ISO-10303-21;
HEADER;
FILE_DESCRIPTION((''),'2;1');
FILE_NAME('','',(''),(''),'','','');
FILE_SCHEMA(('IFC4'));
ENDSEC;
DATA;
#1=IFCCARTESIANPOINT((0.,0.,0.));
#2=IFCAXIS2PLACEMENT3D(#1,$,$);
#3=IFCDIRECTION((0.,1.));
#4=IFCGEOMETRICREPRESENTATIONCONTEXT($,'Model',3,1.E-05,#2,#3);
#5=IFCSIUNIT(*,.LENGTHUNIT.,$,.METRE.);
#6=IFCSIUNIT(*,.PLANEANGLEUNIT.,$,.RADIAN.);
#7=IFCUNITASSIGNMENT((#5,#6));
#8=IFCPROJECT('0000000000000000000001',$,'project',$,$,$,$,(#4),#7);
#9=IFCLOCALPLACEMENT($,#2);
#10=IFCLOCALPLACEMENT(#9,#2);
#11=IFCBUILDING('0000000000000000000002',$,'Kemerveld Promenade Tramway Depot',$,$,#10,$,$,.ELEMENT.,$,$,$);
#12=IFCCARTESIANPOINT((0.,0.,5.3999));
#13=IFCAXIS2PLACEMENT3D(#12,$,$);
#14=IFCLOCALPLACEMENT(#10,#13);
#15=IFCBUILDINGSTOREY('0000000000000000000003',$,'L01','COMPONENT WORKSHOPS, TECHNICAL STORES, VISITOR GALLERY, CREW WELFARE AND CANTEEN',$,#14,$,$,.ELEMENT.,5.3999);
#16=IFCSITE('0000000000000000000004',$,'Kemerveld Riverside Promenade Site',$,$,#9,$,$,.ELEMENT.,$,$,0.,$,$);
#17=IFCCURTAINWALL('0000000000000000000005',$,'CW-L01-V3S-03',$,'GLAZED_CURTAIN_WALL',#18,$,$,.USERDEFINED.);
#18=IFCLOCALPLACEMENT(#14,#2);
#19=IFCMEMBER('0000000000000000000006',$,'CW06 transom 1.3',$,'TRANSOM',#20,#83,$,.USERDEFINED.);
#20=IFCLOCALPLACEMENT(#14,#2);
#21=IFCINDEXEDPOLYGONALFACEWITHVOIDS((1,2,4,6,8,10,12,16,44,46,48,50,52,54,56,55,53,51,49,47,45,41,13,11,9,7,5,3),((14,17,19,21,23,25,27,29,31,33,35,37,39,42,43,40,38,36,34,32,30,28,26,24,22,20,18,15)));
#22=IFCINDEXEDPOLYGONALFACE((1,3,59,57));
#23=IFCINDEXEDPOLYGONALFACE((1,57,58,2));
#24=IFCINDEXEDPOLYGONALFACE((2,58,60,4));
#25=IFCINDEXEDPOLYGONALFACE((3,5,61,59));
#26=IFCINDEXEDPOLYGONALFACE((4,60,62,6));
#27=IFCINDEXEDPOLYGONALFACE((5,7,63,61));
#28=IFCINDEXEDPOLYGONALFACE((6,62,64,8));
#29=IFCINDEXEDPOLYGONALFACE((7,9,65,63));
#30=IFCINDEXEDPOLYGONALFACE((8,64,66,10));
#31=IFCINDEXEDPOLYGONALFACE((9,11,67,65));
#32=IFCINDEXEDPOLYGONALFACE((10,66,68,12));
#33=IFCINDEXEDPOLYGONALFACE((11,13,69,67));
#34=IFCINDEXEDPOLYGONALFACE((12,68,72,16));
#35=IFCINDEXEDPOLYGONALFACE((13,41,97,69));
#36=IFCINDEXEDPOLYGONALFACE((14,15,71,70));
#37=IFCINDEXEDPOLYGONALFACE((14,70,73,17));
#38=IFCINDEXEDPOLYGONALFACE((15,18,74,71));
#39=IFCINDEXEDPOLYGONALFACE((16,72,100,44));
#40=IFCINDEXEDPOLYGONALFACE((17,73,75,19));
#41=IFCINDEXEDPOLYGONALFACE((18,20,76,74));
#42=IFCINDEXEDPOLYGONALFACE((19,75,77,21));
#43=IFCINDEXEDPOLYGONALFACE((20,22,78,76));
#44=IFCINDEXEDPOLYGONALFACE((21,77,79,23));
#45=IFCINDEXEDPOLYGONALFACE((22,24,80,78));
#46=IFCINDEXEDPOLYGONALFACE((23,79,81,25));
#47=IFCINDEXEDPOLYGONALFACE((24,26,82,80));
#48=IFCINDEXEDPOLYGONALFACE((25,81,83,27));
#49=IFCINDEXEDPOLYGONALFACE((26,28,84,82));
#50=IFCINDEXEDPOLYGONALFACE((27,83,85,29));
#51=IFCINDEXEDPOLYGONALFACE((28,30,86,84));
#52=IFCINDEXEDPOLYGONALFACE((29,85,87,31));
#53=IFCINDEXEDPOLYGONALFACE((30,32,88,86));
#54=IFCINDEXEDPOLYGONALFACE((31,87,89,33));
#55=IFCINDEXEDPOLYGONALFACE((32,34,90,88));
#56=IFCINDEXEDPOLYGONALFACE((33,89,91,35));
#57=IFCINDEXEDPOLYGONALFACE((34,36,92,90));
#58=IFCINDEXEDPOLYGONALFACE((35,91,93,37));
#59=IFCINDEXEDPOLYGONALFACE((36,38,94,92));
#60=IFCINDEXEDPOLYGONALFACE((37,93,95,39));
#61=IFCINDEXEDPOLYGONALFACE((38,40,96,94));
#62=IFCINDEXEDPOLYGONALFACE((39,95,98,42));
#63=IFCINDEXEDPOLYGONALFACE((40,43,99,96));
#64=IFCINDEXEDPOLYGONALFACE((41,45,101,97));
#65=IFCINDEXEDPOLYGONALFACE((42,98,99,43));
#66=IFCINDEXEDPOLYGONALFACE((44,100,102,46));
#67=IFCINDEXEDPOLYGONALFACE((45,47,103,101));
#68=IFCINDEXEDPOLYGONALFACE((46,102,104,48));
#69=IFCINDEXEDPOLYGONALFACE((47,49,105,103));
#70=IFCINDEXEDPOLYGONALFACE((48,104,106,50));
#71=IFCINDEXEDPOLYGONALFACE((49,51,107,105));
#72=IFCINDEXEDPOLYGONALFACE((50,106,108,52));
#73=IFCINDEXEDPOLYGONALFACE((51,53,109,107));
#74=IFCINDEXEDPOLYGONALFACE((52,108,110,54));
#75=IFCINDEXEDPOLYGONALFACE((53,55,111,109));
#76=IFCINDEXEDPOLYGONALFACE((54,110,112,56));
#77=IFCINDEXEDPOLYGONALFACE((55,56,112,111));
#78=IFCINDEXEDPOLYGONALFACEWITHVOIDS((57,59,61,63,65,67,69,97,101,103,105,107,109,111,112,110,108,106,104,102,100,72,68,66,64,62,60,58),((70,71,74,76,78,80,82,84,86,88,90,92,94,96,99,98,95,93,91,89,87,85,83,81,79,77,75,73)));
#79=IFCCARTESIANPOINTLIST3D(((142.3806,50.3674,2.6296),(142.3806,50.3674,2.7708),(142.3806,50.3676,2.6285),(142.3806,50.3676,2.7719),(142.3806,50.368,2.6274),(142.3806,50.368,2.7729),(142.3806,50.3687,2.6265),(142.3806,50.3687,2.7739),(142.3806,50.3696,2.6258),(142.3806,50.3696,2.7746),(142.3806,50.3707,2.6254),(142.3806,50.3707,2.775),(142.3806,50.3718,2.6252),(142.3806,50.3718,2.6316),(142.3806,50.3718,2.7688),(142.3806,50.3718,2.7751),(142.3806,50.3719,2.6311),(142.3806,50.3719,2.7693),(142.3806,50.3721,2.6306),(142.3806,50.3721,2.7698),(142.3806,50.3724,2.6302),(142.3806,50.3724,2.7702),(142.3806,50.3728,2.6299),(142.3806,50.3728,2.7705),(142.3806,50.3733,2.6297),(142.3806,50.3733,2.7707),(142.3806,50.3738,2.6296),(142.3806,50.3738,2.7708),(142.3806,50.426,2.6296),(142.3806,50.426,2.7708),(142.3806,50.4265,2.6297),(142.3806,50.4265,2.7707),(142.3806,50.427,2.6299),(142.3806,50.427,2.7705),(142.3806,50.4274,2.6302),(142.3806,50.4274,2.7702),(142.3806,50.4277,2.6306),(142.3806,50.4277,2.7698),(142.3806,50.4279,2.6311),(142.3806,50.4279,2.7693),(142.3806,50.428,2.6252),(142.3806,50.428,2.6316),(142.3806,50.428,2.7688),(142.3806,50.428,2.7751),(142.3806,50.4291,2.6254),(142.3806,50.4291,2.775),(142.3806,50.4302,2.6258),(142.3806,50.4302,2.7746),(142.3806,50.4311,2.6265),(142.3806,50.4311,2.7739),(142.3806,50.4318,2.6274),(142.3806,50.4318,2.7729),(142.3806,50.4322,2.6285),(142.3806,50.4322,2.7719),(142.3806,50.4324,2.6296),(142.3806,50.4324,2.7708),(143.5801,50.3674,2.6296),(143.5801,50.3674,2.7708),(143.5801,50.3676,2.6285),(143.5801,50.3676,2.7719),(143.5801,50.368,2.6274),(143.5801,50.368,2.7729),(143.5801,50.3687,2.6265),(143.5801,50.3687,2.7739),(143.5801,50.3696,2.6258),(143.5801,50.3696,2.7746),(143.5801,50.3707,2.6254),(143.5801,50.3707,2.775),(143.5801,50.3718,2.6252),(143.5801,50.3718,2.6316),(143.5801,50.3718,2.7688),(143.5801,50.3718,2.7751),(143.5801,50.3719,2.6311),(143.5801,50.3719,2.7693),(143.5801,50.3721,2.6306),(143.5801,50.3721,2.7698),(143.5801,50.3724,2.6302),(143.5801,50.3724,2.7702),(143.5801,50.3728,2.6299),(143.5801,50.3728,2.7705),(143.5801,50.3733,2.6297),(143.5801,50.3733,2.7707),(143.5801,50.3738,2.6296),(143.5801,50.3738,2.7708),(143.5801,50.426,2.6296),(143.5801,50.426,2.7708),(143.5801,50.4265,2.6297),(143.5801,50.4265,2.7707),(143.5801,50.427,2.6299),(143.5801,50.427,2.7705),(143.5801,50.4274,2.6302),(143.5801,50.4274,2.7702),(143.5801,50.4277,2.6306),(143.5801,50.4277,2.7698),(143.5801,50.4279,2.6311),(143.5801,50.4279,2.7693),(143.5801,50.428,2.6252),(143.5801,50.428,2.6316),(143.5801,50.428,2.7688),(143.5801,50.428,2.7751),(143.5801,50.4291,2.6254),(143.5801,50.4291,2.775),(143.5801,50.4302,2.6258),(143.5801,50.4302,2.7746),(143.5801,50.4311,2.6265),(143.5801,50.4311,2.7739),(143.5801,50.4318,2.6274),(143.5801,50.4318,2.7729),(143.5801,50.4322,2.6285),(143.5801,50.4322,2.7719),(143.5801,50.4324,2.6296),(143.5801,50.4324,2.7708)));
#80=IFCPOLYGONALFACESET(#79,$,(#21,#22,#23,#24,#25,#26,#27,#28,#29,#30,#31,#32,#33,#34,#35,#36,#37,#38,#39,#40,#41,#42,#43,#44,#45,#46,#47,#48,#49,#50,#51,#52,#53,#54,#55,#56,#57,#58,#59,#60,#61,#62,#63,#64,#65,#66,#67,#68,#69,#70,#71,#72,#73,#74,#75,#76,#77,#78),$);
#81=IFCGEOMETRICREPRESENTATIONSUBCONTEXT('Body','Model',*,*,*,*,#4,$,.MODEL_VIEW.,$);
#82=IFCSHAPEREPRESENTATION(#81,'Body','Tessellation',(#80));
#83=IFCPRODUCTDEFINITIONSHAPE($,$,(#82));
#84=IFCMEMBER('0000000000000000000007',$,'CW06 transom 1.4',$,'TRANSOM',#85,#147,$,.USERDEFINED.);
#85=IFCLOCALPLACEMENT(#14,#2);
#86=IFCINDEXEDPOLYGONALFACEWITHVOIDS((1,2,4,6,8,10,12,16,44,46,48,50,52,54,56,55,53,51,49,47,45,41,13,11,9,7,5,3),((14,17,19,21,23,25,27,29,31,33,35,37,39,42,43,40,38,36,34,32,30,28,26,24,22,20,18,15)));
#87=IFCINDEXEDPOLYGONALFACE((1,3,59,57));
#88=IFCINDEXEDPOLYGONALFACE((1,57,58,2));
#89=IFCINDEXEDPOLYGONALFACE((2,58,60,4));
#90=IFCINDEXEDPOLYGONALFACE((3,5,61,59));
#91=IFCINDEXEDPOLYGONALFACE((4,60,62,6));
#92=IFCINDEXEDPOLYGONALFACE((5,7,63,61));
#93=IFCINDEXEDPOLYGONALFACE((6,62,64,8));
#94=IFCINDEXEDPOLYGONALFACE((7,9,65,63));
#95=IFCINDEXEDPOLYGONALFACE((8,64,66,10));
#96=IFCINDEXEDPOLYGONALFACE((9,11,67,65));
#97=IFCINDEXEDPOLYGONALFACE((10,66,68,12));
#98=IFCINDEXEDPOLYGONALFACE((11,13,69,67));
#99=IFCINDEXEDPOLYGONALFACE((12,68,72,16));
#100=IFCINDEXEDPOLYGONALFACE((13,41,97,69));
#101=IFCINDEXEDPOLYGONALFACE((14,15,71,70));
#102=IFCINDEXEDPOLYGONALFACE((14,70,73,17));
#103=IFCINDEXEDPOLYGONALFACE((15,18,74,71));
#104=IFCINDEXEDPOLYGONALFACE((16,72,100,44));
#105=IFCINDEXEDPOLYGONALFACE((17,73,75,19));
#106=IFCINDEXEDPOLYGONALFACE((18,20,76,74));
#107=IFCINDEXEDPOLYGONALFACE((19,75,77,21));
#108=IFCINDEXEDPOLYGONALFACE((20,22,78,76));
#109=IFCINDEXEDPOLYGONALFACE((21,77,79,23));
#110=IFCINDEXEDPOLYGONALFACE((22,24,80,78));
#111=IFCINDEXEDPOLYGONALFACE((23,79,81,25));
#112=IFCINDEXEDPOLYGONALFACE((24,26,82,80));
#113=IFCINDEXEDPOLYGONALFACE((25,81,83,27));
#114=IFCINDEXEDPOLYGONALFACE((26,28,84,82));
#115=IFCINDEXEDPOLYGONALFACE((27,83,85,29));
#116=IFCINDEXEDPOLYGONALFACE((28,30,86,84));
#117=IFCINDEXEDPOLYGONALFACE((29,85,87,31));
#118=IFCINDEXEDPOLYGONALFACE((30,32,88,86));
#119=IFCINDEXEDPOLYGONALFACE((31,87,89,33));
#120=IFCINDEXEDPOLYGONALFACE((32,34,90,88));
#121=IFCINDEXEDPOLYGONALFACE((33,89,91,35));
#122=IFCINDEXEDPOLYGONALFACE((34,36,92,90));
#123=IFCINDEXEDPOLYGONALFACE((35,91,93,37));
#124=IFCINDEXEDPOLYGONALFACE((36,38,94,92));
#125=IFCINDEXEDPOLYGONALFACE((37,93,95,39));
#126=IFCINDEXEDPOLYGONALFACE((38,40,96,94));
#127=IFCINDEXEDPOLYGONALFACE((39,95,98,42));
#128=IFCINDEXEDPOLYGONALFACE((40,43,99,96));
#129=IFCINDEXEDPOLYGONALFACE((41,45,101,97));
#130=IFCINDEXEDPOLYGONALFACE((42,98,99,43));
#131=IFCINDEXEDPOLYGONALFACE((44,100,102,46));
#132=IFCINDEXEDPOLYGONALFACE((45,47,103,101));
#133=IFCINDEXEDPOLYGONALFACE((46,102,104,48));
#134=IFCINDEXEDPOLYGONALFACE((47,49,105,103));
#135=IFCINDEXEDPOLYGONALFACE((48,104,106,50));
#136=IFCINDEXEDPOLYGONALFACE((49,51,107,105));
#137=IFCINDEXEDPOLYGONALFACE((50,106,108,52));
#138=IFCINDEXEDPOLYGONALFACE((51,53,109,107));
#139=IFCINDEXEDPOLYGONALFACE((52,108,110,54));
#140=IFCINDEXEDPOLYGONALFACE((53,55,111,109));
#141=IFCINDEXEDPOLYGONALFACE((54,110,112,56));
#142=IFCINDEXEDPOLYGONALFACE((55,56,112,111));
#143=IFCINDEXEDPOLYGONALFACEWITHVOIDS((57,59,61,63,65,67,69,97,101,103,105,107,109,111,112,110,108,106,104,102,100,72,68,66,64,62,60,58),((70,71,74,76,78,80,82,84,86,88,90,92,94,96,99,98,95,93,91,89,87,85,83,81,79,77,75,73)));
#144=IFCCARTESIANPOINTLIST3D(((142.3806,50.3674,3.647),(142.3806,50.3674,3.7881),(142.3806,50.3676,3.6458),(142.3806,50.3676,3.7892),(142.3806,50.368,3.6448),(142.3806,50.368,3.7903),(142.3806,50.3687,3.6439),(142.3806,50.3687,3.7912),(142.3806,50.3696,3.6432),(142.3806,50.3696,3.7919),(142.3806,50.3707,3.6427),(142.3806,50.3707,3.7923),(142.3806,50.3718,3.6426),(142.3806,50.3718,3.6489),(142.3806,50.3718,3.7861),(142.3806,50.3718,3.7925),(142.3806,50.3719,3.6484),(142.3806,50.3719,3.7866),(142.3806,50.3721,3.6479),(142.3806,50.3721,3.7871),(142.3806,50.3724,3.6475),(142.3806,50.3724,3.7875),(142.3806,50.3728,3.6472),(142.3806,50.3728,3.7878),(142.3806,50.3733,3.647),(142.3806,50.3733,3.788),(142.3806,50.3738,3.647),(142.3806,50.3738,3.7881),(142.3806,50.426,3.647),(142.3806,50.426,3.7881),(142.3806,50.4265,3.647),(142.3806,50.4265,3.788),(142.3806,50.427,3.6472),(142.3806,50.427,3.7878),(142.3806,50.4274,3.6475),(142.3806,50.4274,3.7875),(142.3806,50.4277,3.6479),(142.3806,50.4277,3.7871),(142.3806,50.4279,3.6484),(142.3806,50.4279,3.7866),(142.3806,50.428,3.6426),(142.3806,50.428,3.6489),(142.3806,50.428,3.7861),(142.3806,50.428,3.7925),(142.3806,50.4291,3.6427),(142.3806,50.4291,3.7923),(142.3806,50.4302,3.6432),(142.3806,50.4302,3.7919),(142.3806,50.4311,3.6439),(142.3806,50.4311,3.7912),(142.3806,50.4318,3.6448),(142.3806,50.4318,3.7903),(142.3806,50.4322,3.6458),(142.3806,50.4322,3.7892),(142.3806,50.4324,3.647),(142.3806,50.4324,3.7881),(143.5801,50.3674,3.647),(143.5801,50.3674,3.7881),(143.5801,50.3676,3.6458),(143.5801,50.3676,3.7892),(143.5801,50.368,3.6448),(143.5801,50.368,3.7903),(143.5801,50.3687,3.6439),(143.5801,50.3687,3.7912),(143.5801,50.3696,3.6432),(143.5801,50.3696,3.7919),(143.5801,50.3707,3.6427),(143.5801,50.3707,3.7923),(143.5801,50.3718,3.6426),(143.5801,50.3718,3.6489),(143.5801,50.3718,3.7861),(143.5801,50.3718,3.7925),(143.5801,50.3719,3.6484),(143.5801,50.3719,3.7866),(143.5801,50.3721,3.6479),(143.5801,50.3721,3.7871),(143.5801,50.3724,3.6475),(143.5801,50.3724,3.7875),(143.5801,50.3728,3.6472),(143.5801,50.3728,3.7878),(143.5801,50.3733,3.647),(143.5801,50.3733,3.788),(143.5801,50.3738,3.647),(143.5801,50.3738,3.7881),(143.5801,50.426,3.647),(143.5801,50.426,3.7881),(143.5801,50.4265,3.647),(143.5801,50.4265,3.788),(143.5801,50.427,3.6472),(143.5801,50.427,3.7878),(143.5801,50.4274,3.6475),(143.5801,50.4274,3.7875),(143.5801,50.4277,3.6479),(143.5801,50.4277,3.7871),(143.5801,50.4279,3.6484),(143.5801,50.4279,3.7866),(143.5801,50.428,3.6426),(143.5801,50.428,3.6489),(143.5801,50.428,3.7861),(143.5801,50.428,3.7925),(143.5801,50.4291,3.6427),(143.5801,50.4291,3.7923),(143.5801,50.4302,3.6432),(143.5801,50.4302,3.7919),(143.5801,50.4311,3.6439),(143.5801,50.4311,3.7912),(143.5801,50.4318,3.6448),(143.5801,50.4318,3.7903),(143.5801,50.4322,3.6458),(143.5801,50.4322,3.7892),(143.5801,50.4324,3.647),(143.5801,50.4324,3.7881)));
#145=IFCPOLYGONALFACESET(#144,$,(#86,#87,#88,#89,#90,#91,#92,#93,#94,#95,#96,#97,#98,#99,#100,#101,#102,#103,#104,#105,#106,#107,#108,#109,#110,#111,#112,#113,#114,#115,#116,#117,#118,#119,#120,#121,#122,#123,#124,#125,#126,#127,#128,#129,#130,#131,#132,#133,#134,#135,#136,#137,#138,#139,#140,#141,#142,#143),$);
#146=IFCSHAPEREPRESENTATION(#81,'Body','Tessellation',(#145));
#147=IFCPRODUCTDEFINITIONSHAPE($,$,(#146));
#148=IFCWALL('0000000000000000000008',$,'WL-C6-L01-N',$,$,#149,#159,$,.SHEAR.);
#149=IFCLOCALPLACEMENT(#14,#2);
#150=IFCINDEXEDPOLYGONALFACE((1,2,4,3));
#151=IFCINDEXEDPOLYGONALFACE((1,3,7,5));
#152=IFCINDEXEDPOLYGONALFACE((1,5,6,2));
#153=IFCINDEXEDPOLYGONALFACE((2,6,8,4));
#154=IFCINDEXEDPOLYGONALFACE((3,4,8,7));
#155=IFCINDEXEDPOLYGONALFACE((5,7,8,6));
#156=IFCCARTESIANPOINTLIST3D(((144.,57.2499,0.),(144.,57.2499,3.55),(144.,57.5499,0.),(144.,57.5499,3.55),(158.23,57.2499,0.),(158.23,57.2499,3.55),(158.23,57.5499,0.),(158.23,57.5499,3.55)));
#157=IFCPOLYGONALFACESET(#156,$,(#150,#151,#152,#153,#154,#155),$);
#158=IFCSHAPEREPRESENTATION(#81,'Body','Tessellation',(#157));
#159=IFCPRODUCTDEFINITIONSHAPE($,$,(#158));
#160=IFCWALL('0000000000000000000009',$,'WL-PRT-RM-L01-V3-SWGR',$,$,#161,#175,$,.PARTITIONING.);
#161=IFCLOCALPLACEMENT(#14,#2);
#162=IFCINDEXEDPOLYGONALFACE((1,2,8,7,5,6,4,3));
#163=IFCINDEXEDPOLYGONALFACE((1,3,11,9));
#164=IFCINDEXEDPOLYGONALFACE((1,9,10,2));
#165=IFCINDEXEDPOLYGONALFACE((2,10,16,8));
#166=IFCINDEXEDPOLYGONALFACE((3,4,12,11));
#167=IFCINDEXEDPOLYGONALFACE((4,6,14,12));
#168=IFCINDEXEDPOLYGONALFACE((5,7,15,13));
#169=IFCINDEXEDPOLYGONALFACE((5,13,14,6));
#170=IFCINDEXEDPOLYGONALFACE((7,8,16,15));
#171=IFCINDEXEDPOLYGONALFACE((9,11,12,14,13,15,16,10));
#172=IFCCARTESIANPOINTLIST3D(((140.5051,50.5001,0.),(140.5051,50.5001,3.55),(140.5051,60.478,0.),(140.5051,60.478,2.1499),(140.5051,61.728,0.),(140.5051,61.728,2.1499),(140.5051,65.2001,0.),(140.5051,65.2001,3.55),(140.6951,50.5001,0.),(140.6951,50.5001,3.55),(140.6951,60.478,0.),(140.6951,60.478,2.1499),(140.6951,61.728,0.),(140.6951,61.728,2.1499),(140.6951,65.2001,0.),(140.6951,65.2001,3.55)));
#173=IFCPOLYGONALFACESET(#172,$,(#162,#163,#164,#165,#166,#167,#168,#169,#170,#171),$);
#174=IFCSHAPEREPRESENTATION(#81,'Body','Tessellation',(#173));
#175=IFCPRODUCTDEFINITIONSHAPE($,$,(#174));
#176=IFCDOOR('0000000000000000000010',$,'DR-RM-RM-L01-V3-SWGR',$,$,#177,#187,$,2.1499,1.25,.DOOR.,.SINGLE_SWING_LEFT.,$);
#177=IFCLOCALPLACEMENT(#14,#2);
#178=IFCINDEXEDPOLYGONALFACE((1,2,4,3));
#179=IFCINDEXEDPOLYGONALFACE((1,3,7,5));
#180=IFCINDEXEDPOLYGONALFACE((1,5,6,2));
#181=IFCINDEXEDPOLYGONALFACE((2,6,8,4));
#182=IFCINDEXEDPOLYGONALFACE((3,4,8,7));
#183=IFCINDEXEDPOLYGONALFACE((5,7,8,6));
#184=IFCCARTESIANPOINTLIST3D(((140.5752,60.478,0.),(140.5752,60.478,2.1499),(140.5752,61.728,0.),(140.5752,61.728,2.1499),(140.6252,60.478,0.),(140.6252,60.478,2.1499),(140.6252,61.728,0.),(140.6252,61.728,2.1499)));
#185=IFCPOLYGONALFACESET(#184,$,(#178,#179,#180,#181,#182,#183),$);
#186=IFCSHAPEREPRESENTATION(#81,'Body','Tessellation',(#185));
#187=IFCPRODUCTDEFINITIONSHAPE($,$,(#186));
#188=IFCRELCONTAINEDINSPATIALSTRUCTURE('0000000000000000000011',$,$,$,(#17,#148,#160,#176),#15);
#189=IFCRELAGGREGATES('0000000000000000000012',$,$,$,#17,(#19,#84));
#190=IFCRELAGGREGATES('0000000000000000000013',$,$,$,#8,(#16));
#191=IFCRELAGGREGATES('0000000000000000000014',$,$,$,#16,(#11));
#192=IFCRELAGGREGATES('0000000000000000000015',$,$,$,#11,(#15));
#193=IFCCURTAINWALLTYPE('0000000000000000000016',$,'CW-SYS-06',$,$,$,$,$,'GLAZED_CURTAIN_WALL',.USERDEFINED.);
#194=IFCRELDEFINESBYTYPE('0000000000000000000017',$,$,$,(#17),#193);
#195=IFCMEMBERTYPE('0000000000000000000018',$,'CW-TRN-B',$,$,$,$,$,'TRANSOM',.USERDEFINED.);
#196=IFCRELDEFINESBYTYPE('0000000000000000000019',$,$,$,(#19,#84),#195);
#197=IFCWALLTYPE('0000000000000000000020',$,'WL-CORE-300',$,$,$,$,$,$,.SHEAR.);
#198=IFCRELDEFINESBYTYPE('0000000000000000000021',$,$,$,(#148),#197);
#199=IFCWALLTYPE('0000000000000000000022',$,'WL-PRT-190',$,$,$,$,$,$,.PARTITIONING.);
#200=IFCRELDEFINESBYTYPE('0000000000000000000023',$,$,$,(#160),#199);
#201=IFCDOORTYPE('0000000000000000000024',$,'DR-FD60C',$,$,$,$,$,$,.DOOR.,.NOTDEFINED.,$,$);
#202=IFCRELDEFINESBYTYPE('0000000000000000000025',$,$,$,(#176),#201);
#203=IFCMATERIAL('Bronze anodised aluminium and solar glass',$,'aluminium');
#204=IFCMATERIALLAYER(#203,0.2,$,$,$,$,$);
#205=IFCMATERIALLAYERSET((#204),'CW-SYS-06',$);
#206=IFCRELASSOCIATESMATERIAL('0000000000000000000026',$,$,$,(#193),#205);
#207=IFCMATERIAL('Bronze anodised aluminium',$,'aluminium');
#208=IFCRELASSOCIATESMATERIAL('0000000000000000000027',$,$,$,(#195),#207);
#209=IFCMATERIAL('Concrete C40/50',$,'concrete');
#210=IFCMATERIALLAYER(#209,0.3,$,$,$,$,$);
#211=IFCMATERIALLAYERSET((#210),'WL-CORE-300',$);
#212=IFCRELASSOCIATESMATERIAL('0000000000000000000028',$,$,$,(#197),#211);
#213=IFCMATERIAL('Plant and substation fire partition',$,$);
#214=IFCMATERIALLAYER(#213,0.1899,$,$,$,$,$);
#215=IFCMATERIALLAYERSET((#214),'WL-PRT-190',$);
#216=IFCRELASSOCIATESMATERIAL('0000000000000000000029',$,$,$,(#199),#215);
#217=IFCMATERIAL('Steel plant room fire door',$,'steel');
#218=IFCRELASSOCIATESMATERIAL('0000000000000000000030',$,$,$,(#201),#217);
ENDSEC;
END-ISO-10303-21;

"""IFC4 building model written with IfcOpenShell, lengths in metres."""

from ifc_helpers import new_model, si_unit, direction, frame, frame_2d, origin, origin_2d, place, context, subcontext, project, spatial, rectangle, hollow_rectangle, extrude, material, layer, layer_set, material_profile, profile_set, type_object, element, fill, aggregate, save


model = new_model("IFC4")

# Units and contexts
model_context = context("Model", 3, precision=1e-05, world=origin(), true_north=direction((0.0, 1.0)))
body_context = subcontext(model_context, "Body", "Model", "MODEL_VIEW")
ifc_project = project(units=[si_unit("LENGTHUNIT", "METRE"), si_unit("PLANEANGLEUNIT", "RADIAN")], contexts=[model_context])

# Site, building, storey
site_placement = place(None, origin())
site = spatial("IfcSite", under=ifc_project, at=site_placement, Name="Kemerveld Riverside Promenade Site", CompositionType="ELEMENT", RefElevation=0.0)
building_placement = place(site_placement, origin())
building = spatial("IfcBuilding", under=site, at=building_placement, Name="Kemerveld Promenade Tramway Depot", CompositionType="ELEMENT")
storey_placement = place(building_placement, frame((0.0, 0.0, 5.3999)))
storey = spatial("IfcBuildingStorey", under=building, at=storey_placement, Name="L01", Description="COMPONENT WORKSHOPS, TECHNICAL STORES, VISITOR GALLERY, CREW WELFARE AND CANTEEN", CompositionType="ELEMENT", Elevation=5.3999)

# Shared definitions
ifc_material_1 = material(Name="Concrete C40/50", Category="concrete")

# Curtain wall, members
ifc_material_2 = material(Name="Bronze anodised aluminium and solar glass", Category="aluminium")
ifc_layer_1 = layer(ifc_material_2, 0.2)
ifc_layer_set_1 = layer_set([ifc_layer_1], Name="CW-SYS-06")
curtain_wall_type = type_object("IfcCurtainWallType", Name="CW-SYS-06", ElementType="GLAZED_CURTAIN_WALL", PredefinedType="USERDEFINED", material=ifc_layer_set_1)
curtain_wall_placement = place(storey_placement, origin())
curtain_wall = element("IfcCurtainWall", 1, at=curtain_wall_placement, inside=storey, type_object=curtain_wall_type, Name="CW-L01-V3S-03", ObjectType="GLAZED_CURTAIN_WALL", PredefinedType="USERDEFINED")
ifc_material_3 = material(Name="Bronze anodised aluminium", Category="aluminium")
ifc_material_profile_1 = material_profile(ifc_material_3, hollow_rectangle(XDim=0.0649, YDim=0.1499, WallThickness=0.0044, InnerFilletRadius=0.002, OuterFilletRadius=0.0044, at=origin_2d()), Name="CW-TRN-150x65")
ifc_profile_set_1 = profile_set([ifc_material_profile_1], Name="Bronze anodised aluminium")
member_type_1 = type_object("IfcMemberType", Name="CW-TRN-B", ElementType="TRANSOM", PredefinedType="USERDEFINED", material=ifc_profile_set_1)
member_1_placement = place(storey_placement, frame((143.5801, 50.3999, 2.7002), z_axis=(-1.0, 0.0, 0.0), x_axis=(0.0, -1.0, 0.0)))
member_1 = element("IfcMember", 2, at=member_1_placement, type_object=member_type_1, Name="CW06 transom 1.3", ObjectType="TRANSOM", PredefinedType="USERDEFINED", context=body_context, shape_type="SweptSolid", body=[
    extrude(hollow_rectangle(XDim=0.0649, YDim=0.1499, WallThickness=0.0044, InnerFilletRadius=0.002, OuterFilletRadius=0.0044, at=origin_2d()), origin(), (0.0, 0.0, 1.0), 1.1995),
])
member_2_placement = place(storey_placement, frame((143.5801, 50.3999, 3.7175), z_axis=(-1.0, 0.0, 0.0), x_axis=(0.0, -1.0, 0.0)))
member_2 = element("IfcMember", 3, at=member_2_placement, type_object=member_type_1, Name="CW06 transom 1.4", ObjectType="TRANSOM", PredefinedType="USERDEFINED", context=body_context, shape_type="SweptSolid", body=[
    extrude(hollow_rectangle(XDim=0.0649, YDim=0.1499, WallThickness=0.0044, InnerFilletRadius=0.002, OuterFilletRadius=0.0044, at=origin_2d()), origin(), (0.0, 0.0, 1.0), 1.1995),
])
aggregate(curtain_wall, [member_1, member_2])

# Wall
ifc_layer_2 = layer(ifc_material_1, 0.3)
ifc_layer_set_2 = layer_set([ifc_layer_2], Name="WL-CORE-300")
wall_type_1 = type_object("IfcWallType", Name="WL-CORE-300", PredefinedType="SHEAR", material=ifc_layer_set_2)
wall_1_placement = place(storey_placement, frame((144.0, 57.3999, 0.0), z_axis=(0.0, 0.0, 1.0), x_axis=(1.0, 0.0, 0.0)))
element("IfcWall", 4, at=wall_1_placement, inside=storey, type_object=wall_type_1, Name="WL-C6-L01-N", PredefinedType="SHEAR", context=body_context, shape_type="SweptSolid", body=[
    extrude(rectangle(XDim=14.23, YDim=0.3, at=frame_2d((7.115, 0.0))), origin(), (0.0, 0.0, 1.0), 3.55),
])

# Wall, opening, door
ifc_material_4 = material(Name="Plant and substation fire partition")
ifc_layer_3 = layer(ifc_material_4, 0.1899)
ifc_layer_set_3 = layer_set([ifc_layer_3], Name="WL-PRT-190")
wall_type_2 = type_object("IfcWallType", Name="WL-PRT-190", PredefinedType="PARTITIONING", material=ifc_layer_set_3)
wall_2_placement = place(storey_placement, frame((140.6001, 50.5, 0.0), z_axis=(0.0, 0.0, 1.0), x_axis=(0.0, 1.0, 0.0)))
wall_2 = element("IfcWall", 5, at=wall_2_placement, inside=storey, type_object=wall_type_2, Name="WL-PRT-RM-L01-V3-SWGR", PredefinedType="PARTITIONING", context=body_context, shape_type="SweptSolid", body=[
    extrude(rectangle(XDim=14.7, YDim=0.1899, at=frame_2d((7.3501, 0.0))), origin(), (0.0, 0.0, 1.0), 3.55),
])
opening_placement = place(wall_2_placement, frame((9.978, 0.0, 0.0)))
opening = element("IfcOpeningElement", 6, at=opening_placement, cuts=wall_2, PredefinedType="OPENING", context=body_context, shape_type="SweptSolid", body=[
    extrude(rectangle(XDim=1.25, YDim=2.1499, at=frame_2d((0.625, 1.075))), frame((0.0, 0.105, 0.0), z_axis=(0.0, -1.0, 0.0), x_axis=(1.0, 0.0, 0.0)), (0.0, 0.0, 1.0), 0.21),
])
ifc_material_5 = material(Name="Steel plant room fire door", Category="steel")
door_type = type_object("IfcDoorType", Name="DR-FD60C", OperationType="NOTDEFINED", PredefinedType="DOOR", material=ifc_material_5)
door_placement = place(opening_placement, origin())
door = element("IfcDoor", 7, at=door_placement, inside=storey, type_object=door_type, Name="DR-RM-RM-L01-V3-SWGR", OperationType="SINGLE_SWING_LEFT", OverallHeight=2.1499, OverallWidth=1.25, PredefinedType="DOOR", context=body_context, shape_type="SweptSolid", body=[
    extrude(rectangle(XDim=1.25, YDim=2.1499, at=frame_2d((0.625, 1.075))), frame((0.0, 0.0249, 0.0), z_axis=(0.0, -1.0, 0.0), x_axis=(1.0, 0.0, 0.0)), (0.0, 0.0, 1.0), 0.05),
])
fill(opening, door)

save(model, "model.ifc")
